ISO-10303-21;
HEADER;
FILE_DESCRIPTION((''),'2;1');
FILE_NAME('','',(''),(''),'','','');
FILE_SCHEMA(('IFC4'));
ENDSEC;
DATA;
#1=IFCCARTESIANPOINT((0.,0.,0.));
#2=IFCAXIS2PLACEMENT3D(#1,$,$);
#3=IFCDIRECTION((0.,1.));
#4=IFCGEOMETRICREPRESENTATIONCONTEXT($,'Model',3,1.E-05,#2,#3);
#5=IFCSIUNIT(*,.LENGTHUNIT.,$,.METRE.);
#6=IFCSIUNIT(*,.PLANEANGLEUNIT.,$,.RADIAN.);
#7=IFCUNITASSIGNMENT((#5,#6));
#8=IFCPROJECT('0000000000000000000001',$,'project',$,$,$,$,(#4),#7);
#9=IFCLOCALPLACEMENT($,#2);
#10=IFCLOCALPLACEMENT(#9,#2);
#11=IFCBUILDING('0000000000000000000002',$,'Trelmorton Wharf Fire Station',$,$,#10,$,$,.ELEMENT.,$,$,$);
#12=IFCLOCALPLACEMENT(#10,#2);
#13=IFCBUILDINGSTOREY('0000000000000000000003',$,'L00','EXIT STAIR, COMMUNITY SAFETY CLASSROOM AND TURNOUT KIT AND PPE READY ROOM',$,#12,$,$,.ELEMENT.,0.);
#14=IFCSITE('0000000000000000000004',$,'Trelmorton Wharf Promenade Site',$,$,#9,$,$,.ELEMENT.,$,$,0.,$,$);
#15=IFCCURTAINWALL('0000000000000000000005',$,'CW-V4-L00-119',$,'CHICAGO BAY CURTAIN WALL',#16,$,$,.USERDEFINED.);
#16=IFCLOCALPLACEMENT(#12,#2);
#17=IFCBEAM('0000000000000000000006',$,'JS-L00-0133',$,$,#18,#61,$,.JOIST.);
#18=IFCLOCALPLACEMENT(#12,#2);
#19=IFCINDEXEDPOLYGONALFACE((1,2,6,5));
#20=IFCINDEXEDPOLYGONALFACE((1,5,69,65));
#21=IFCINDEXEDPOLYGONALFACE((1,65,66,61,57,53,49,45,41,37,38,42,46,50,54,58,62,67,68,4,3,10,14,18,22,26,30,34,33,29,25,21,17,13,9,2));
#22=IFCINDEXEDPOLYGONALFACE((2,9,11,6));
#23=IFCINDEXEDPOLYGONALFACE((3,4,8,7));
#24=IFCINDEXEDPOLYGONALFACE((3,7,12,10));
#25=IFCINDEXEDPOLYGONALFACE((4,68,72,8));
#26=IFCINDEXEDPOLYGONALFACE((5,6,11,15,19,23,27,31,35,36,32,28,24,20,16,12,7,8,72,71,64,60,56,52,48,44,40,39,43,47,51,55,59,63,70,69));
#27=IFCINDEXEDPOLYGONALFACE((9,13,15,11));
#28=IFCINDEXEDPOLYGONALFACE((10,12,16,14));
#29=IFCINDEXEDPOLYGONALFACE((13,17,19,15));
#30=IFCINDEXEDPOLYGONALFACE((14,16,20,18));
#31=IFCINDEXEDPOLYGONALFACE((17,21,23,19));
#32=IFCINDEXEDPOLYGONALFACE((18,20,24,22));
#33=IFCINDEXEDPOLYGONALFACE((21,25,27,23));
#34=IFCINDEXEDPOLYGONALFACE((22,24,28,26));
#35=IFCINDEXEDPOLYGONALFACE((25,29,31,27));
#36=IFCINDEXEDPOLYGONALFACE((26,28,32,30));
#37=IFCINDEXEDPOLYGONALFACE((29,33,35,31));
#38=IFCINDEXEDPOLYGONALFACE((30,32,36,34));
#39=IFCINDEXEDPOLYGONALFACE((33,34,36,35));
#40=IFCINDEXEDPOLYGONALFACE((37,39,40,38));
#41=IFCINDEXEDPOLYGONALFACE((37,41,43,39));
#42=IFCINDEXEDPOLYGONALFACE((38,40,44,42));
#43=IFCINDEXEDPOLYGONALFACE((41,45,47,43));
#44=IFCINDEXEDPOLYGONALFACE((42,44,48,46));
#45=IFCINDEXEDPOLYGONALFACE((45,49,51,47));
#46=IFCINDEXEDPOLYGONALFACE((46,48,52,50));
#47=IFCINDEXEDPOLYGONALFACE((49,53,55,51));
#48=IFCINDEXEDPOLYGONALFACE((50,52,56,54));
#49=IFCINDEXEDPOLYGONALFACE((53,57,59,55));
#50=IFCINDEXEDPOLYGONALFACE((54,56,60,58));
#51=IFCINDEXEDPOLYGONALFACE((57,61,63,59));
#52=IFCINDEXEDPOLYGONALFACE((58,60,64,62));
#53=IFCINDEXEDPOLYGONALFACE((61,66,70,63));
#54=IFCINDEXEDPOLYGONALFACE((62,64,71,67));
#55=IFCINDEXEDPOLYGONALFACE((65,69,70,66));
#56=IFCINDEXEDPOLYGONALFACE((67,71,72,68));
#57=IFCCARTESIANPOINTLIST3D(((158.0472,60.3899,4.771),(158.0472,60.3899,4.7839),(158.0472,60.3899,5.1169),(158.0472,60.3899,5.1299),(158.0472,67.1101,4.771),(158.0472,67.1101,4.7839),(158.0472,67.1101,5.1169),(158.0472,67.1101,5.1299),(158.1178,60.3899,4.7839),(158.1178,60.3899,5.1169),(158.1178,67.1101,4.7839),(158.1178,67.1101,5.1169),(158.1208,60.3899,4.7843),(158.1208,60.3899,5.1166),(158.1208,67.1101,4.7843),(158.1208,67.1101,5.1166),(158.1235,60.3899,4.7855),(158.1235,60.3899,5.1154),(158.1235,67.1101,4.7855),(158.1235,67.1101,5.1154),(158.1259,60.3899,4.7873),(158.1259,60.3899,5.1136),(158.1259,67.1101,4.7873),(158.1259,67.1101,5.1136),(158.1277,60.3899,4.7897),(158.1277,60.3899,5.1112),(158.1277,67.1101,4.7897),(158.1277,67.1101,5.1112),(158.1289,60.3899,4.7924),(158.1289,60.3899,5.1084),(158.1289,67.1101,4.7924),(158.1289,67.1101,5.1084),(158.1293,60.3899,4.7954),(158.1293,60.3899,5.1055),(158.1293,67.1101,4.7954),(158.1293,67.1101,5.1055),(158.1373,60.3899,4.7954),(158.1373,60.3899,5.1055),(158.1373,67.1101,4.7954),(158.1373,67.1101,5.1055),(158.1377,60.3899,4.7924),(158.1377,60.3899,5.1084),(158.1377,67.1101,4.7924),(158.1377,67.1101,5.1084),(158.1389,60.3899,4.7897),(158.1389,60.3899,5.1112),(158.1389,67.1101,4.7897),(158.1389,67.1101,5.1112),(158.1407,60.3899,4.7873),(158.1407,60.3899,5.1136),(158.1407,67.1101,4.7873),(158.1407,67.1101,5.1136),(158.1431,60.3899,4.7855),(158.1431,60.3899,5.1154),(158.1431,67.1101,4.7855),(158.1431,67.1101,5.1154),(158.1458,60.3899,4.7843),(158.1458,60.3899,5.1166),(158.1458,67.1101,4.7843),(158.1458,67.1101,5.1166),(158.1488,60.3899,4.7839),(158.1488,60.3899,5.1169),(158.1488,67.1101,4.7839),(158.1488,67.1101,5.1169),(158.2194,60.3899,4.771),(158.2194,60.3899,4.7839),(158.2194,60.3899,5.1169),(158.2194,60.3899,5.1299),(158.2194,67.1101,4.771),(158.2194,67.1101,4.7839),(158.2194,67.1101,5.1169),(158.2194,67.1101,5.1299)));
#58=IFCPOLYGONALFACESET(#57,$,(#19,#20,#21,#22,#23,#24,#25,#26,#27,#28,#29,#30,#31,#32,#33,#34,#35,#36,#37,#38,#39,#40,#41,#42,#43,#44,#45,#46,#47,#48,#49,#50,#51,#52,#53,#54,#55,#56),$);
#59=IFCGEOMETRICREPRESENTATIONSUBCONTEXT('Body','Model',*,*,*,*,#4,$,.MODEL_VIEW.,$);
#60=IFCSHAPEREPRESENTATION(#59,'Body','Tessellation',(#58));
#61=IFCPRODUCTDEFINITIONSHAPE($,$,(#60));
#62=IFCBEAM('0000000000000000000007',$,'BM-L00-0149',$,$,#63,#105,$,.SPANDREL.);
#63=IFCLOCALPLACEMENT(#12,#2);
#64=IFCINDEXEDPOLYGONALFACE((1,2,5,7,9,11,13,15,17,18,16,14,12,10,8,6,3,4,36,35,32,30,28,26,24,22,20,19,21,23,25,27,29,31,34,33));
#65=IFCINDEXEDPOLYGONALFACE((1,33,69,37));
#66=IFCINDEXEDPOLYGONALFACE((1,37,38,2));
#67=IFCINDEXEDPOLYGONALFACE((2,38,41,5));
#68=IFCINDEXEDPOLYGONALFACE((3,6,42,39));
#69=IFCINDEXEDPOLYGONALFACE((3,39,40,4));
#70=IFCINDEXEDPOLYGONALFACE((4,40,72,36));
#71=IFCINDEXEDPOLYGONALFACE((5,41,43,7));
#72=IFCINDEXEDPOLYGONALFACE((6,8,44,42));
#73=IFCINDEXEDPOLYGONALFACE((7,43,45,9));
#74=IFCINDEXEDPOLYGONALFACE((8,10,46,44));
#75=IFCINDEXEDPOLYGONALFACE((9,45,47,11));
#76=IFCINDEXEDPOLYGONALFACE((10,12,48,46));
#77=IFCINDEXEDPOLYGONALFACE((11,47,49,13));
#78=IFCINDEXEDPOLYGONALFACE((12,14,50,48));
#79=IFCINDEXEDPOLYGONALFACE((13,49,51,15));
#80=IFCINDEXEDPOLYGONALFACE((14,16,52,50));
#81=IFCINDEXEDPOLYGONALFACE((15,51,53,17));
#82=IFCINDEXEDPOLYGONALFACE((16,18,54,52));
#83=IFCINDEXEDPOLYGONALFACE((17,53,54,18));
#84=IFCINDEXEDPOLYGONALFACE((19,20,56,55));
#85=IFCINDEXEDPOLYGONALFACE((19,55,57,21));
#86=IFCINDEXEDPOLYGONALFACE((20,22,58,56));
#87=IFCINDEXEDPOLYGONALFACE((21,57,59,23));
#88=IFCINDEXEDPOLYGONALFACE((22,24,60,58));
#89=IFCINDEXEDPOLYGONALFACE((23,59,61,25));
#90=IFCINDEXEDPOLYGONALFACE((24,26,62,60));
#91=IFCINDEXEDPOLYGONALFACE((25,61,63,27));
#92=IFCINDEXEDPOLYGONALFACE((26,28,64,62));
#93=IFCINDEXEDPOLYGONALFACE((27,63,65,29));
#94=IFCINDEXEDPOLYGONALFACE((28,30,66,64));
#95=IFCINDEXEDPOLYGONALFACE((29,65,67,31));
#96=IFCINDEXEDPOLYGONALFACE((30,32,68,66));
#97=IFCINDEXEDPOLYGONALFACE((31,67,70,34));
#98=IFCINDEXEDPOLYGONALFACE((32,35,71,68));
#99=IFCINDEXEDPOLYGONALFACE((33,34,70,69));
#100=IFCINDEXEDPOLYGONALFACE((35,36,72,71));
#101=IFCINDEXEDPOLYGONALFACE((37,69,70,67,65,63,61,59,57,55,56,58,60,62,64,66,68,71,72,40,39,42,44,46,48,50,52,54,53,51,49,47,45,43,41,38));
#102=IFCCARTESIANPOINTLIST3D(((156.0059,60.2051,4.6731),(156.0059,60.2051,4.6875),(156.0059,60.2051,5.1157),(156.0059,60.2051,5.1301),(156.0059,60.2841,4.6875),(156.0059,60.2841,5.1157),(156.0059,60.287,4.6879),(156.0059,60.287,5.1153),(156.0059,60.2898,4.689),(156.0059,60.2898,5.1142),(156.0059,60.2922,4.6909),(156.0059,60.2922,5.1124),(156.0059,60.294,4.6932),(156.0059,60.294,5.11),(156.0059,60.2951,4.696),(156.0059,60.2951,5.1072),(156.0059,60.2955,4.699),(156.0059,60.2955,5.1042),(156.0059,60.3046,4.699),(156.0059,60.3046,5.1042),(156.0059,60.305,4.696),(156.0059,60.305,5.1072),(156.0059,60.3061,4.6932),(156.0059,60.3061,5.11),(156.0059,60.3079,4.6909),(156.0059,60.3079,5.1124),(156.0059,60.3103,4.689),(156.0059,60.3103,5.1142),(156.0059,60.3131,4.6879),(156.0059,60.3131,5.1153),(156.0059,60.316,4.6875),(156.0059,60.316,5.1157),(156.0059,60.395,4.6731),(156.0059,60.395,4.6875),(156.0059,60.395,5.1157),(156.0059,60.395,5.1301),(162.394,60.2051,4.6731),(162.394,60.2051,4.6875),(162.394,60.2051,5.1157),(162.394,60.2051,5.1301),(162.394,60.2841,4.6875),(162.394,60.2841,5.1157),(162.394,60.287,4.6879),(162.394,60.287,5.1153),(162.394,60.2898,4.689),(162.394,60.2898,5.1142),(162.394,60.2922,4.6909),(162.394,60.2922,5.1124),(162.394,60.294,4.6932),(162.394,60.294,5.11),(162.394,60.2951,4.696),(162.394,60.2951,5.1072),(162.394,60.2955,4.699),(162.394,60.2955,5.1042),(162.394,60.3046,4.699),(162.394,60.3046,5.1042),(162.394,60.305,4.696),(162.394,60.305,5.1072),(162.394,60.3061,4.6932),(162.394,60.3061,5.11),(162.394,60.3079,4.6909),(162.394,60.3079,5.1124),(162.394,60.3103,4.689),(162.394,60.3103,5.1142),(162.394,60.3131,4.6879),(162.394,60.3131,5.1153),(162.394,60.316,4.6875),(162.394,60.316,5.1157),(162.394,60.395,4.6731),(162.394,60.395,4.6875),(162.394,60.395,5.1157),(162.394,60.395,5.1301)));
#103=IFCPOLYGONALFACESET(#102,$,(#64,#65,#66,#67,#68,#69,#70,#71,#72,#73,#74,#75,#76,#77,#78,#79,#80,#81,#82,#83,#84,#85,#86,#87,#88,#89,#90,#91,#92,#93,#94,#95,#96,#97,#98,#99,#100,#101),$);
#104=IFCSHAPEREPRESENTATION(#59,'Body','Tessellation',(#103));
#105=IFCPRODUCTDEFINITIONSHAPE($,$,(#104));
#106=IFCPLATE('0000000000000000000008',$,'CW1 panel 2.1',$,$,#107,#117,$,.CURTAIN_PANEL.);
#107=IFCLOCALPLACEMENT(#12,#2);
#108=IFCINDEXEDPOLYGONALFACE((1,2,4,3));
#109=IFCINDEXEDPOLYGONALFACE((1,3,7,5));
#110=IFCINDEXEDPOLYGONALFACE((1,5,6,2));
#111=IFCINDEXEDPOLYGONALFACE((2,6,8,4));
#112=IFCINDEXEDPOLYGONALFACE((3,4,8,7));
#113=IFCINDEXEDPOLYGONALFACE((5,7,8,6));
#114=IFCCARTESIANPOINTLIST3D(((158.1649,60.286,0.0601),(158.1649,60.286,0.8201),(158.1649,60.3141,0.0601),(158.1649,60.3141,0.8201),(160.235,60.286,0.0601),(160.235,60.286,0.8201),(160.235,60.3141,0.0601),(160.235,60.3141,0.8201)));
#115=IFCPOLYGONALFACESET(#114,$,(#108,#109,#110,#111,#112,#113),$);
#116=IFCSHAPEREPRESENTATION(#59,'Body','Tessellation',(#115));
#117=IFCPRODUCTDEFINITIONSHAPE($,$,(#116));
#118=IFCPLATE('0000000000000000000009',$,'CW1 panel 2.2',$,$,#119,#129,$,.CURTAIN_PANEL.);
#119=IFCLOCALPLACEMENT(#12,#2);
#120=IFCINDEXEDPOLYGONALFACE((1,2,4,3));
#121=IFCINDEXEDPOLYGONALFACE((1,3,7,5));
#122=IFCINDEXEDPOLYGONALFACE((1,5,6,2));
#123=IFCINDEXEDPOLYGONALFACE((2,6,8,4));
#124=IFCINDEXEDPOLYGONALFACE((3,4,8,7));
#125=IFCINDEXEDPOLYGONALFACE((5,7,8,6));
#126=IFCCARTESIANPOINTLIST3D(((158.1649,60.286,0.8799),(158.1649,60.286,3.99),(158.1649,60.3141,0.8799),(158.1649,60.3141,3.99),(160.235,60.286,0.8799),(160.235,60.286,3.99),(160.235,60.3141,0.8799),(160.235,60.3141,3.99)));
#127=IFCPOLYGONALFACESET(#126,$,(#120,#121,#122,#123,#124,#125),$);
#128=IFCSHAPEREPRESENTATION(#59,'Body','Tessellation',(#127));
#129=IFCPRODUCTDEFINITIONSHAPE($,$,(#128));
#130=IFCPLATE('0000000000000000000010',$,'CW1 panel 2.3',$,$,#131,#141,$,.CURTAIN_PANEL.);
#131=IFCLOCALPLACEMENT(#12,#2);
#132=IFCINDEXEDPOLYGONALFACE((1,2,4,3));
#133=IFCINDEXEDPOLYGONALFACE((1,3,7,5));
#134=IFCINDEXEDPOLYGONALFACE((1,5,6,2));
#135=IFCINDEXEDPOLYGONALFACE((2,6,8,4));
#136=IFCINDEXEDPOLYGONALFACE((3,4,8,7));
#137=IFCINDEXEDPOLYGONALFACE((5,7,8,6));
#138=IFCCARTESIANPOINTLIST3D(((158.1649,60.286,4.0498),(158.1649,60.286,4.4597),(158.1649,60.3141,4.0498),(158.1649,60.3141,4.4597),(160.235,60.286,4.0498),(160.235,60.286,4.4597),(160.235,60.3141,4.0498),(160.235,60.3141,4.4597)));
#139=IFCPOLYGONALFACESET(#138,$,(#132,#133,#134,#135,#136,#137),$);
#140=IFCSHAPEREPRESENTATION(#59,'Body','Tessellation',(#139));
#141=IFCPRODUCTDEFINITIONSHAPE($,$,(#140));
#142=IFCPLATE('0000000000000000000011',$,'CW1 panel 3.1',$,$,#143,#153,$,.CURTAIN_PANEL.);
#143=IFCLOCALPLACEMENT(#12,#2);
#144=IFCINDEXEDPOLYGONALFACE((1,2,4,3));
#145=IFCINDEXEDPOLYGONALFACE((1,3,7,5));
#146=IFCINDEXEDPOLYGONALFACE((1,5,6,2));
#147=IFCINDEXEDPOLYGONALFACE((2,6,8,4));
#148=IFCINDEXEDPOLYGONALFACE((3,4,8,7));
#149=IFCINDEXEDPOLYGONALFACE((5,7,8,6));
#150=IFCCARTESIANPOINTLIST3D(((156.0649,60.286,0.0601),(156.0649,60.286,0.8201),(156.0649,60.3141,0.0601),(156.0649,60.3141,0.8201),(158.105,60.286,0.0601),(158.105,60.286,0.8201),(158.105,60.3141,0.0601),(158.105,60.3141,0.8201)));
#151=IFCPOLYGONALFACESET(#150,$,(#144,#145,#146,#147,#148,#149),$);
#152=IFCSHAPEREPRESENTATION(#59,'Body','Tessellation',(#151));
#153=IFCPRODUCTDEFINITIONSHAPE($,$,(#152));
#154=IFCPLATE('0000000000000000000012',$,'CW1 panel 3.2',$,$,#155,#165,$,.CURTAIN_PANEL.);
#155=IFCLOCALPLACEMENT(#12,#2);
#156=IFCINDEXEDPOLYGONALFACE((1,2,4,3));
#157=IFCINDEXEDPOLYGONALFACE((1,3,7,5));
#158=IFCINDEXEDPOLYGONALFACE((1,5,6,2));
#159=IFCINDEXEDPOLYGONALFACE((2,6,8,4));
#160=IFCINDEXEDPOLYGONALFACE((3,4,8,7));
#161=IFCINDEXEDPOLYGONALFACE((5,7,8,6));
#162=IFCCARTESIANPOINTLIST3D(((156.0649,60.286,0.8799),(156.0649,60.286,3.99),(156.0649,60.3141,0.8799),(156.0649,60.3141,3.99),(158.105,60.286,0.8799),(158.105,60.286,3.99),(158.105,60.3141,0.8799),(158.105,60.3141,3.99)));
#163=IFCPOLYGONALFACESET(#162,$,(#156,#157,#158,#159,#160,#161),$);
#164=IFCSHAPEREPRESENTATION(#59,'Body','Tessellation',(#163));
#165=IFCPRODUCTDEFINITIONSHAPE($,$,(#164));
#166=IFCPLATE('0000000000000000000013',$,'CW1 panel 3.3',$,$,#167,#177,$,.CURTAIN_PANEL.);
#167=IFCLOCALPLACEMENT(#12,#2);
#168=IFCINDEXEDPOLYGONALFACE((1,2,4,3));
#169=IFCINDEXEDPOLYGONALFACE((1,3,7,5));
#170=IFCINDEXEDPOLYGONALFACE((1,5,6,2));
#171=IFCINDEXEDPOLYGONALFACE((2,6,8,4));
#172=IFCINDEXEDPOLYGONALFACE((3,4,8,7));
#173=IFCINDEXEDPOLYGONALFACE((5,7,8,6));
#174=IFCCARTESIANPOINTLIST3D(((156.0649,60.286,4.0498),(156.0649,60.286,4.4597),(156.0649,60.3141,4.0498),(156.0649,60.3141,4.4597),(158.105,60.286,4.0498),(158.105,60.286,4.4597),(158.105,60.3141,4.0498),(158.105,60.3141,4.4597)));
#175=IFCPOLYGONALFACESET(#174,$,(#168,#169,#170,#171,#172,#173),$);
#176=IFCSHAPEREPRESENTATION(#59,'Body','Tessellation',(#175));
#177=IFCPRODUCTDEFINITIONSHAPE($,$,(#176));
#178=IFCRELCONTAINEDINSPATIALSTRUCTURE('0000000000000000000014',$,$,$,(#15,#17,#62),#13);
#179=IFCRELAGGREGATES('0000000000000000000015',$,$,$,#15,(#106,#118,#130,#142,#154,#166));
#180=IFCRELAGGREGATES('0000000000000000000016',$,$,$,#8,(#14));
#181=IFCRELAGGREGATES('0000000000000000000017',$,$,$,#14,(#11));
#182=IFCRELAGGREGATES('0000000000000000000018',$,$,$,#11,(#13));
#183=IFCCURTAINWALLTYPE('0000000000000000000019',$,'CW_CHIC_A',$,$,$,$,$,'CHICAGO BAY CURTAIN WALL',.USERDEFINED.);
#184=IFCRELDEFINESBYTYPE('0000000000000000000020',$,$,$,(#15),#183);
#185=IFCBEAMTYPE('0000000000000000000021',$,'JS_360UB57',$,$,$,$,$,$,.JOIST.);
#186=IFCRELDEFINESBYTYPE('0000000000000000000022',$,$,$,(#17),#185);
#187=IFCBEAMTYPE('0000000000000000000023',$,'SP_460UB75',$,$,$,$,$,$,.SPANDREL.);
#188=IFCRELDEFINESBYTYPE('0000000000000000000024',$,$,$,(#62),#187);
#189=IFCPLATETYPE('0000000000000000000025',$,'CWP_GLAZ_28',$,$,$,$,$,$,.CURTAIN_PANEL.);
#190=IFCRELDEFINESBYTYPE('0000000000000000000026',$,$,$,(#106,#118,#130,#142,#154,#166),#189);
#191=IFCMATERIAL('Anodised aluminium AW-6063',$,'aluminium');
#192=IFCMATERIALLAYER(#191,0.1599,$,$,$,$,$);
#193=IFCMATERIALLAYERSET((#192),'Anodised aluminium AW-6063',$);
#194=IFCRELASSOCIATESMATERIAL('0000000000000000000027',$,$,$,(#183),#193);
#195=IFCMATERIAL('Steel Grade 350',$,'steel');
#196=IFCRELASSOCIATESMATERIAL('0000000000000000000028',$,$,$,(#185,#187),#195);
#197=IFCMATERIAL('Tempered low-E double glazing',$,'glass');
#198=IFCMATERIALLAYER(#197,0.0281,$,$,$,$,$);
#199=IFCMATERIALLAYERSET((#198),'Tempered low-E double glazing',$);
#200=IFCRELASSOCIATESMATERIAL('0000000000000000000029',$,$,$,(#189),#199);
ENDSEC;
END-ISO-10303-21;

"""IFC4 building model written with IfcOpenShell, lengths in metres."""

from ifc_helpers import new_model, si_unit, direction, frame, origin, origin_2d, place, context, subcontext, project, spatial, rectangle, i_section, extrude, material, layer, layer_set, material_profile, profile_set, type_object, element, aggregate, save


model = new_model("IFC4")

# Units and contexts
model_context = context("Model", 3, precision=1e-05, world=origin(), true_north=direction((0.0, 1.0)))
body_context = subcontext(model_context, "Body", "Model", "MODEL_VIEW")
ifc_project = project(units=[si_unit("LENGTHUNIT", "METRE"), si_unit("PLANEANGLEUNIT", "RADIAN")], contexts=[model_context])

# Site, building, storey
site_placement = place(None, origin())
site = spatial("IfcSite", under=ifc_project, at=site_placement, Name="Trelmorton Wharf Promenade Site", CompositionType="ELEMENT", RefElevation=0.0)
building_placement = place(site_placement, origin())
building = spatial("IfcBuilding", under=site, at=building_placement, Name="Trelmorton Wharf Fire Station", CompositionType="ELEMENT")
storey_placement = place(building_placement, origin())
storey = spatial("IfcBuildingStorey", under=building, at=storey_placement, Name="L00", Description="EXIT STAIR, COMMUNITY SAFETY CLASSROOM AND TURNOUT KIT AND PPE READY ROOM", CompositionType="ELEMENT", Elevation=0.0)

# Shared definitions
ifc_material_1 = material(Name="Steel Grade 350", Category="steel")

# Curtain wall
ifc_material_2 = material(Name="Anodised aluminium AW-6063", Category="aluminium")
ifc_layer_1 = layer(ifc_material_2, 0.1599)
ifc_layer_set_1 = layer_set([ifc_layer_1], Name="Anodised aluminium AW-6063")
curtain_wall_type = type_object("IfcCurtainWallType", Name="CW_CHIC_A", ElementType="CHICAGO BAY CURTAIN WALL", PredefinedType="USERDEFINED", material=ifc_layer_set_1)
curtain_wall_1_placement = place(storey_placement, origin())
curtain_wall_1 = element("IfcCurtainWall", 1, at=curtain_wall_1_placement, inside=storey, type_object=curtain_wall_type, Name="CW-V4-L00-119", ObjectType="CHICAGO BAY CURTAIN WALL", PredefinedType="USERDEFINED")

# Beams
ifc_material_profile_1 = material_profile(ifc_material_1, i_section(OverallWidth=0.1721, OverallDepth=0.3589, WebThickness=0.0081, FlangeThickness=0.0129, FilletRadius=0.0115, at=origin_2d()), Name="360UB56.7")
ifc_profile_set_1 = profile_set([ifc_material_profile_1], Name="Steel Grade 350")
beam_type_1 = type_object("IfcBeamType", Name="JS_360UB57", PredefinedType="JOIST", material=ifc_profile_set_1)
beam_1_placement = place(storey_placement, frame((158.1333, 60.3899, 4.9504), z_axis=(0.0, 1.0, 0.0), x_axis=(-1.0, 0.0, 0.0)))
element("IfcBeam", 2, at=beam_1_placement, inside=storey, type_object=beam_type_1, Name="JS-L00-0133", PredefinedType="JOIST", context=body_context, shape_type="SweptSolid", body=[
    extrude(i_section(OverallWidth=0.1721, OverallDepth=0.3589, WebThickness=0.0081, FlangeThickness=0.0129, FilletRadius=0.0115, at=origin_2d()), origin(), (0.0, 0.0, 1.0), 6.7202),
])
ifc_material_profile_2 = material_profile(ifc_material_1, i_section(OverallWidth=0.1899, OverallDepth=0.457, WebThickness=0.009, FlangeThickness=0.0144, FilletRadius=0.0115, at=origin_2d()), Name="460UB74.6")
ifc_profile_set_2 = profile_set([ifc_material_profile_2], Name="Steel Grade 350")
beam_type_2 = type_object("IfcBeamType", Name="SP_460UB75", PredefinedType="SPANDREL", material=ifc_profile_set_2)
beam_2_placement = place(storey_placement, frame((156.0059, 60.3, 4.9016), z_axis=(1.0, 0.0, 0.0), x_axis=(0.0, 1.0, 0.0)))
element("IfcBeam", 3, at=beam_2_placement, inside=storey, type_object=beam_type_2, Name="BM-L00-0149", PredefinedType="SPANDREL", context=body_context, shape_type="SweptSolid", body=[
    extrude(i_section(OverallWidth=0.1899, OverallDepth=0.457, WebThickness=0.009, FlangeThickness=0.0144, FilletRadius=0.0115, at=origin_2d()), origin(), (0.0, 0.0, 1.0), 6.3882),
])

# Plates
ifc_material_3 = material(Name="Tempered low-E double glazing", Category="glass")
ifc_layer_2 = layer(ifc_material_3, 0.0281)
ifc_layer_set_2 = layer_set([ifc_layer_2], Name="Tempered low-E double glazing")
plate_type = type_object("IfcPlateType", Name="CWP_GLAZ_28", PredefinedType="CURTAIN_PANEL", material=ifc_layer_set_2)
plate_1_placement = place(storey_placement, frame((159.2, 60.3, 0.0601), z_axis=(0.0, 0.0, 1.0), x_axis=(-1.0, 0.0, 0.0)))
plate_1 = element("IfcPlate", 4, at=plate_1_placement, type_object=plate_type, Name="CW1 panel 2.1", PredefinedType="CURTAIN_PANEL", context=body_context, shape_type="SweptSolid", body=[
    extrude(rectangle(XDim=2.0701, YDim=0.0281, at=origin_2d()), origin(), (0.0, 0.0, 1.0), 0.76),
])
plate_2_placement = place(storey_placement, frame((159.2, 60.3, 0.8799), z_axis=(0.0, 0.0, 1.0), x_axis=(-1.0, 0.0, 0.0)))
plate_2 = element("IfcPlate", 5, at=plate_2_placement, type_object=plate_type, Name="CW1 panel 2.2", PredefinedType="CURTAIN_PANEL", context=body_context, shape_type="SweptSolid", body=[
    extrude(rectangle(XDim=2.0701, YDim=0.0281, at=origin_2d()), origin(), (0.0, 0.0, 1.0), 3.1101),
])
plate_3_placement = place(storey_placement, frame((159.2, 60.3, 4.0498), z_axis=(0.0, 0.0, 1.0), x_axis=(-1.0, 0.0, 0.0)))
plate_3 = element("IfcPlate", 6, at=plate_3_placement, type_object=plate_type, Name="CW1 panel 2.3", PredefinedType="CURTAIN_PANEL", context=body_context, shape_type="SweptSolid", body=[
    extrude(rectangle(XDim=2.0701, YDim=0.0281, at=origin_2d()), origin(), (0.0, 0.0, 1.0), 0.4099),
])
plate_4_placement = place(storey_placement, frame((157.085, 60.3, 0.0601), z_axis=(0.0, 0.0, 1.0), x_axis=(-1.0, 0.0, 0.0)))
plate_4 = element("IfcPlate", 7, at=plate_4_placement, type_object=plate_type, Name="CW1 panel 3.1", PredefinedType="CURTAIN_PANEL", context=body_context, shape_type="SweptSolid", body=[
    extrude(rectangle(XDim=2.04, YDim=0.0281, at=origin_2d()), origin(), (0.0, 0.0, 1.0), 0.76),
])
plate_5_placement = place(storey_placement, frame((157.085, 60.3, 0.8799), z_axis=(0.0, 0.0, 1.0), x_axis=(-1.0, 0.0, 0.0)))
plate_5 = element("IfcPlate", 8, at=plate_5_placement, type_object=plate_type, Name="CW1 panel 3.2", PredefinedType="CURTAIN_PANEL", context=body_context, shape_type="SweptSolid", body=[
    extrude(rectangle(XDim=2.04, YDim=0.0281, at=origin_2d()), origin(), (0.0, 0.0, 1.0), 3.1101),
])
plate_6_placement = place(storey_placement, frame((157.085, 60.3, 4.0498), z_axis=(0.0, 0.0, 1.0), x_axis=(-1.0, 0.0, 0.0)))
plate_6 = element("IfcPlate", 9, at=plate_6_placement, type_object=plate_type, Name="CW1 panel 3.3", PredefinedType="CURTAIN_PANEL", context=body_context, shape_type="SweptSolid", body=[
    extrude(rectangle(XDim=2.04, YDim=0.0281, at=origin_2d()), origin(), (0.0, 0.0, 1.0), 0.4099),
])
aggregate(curtain_wall_1, [plate_1, plate_2, plate_3, plate_4, plate_5, plate_6])

save(model, "model.ifc")
